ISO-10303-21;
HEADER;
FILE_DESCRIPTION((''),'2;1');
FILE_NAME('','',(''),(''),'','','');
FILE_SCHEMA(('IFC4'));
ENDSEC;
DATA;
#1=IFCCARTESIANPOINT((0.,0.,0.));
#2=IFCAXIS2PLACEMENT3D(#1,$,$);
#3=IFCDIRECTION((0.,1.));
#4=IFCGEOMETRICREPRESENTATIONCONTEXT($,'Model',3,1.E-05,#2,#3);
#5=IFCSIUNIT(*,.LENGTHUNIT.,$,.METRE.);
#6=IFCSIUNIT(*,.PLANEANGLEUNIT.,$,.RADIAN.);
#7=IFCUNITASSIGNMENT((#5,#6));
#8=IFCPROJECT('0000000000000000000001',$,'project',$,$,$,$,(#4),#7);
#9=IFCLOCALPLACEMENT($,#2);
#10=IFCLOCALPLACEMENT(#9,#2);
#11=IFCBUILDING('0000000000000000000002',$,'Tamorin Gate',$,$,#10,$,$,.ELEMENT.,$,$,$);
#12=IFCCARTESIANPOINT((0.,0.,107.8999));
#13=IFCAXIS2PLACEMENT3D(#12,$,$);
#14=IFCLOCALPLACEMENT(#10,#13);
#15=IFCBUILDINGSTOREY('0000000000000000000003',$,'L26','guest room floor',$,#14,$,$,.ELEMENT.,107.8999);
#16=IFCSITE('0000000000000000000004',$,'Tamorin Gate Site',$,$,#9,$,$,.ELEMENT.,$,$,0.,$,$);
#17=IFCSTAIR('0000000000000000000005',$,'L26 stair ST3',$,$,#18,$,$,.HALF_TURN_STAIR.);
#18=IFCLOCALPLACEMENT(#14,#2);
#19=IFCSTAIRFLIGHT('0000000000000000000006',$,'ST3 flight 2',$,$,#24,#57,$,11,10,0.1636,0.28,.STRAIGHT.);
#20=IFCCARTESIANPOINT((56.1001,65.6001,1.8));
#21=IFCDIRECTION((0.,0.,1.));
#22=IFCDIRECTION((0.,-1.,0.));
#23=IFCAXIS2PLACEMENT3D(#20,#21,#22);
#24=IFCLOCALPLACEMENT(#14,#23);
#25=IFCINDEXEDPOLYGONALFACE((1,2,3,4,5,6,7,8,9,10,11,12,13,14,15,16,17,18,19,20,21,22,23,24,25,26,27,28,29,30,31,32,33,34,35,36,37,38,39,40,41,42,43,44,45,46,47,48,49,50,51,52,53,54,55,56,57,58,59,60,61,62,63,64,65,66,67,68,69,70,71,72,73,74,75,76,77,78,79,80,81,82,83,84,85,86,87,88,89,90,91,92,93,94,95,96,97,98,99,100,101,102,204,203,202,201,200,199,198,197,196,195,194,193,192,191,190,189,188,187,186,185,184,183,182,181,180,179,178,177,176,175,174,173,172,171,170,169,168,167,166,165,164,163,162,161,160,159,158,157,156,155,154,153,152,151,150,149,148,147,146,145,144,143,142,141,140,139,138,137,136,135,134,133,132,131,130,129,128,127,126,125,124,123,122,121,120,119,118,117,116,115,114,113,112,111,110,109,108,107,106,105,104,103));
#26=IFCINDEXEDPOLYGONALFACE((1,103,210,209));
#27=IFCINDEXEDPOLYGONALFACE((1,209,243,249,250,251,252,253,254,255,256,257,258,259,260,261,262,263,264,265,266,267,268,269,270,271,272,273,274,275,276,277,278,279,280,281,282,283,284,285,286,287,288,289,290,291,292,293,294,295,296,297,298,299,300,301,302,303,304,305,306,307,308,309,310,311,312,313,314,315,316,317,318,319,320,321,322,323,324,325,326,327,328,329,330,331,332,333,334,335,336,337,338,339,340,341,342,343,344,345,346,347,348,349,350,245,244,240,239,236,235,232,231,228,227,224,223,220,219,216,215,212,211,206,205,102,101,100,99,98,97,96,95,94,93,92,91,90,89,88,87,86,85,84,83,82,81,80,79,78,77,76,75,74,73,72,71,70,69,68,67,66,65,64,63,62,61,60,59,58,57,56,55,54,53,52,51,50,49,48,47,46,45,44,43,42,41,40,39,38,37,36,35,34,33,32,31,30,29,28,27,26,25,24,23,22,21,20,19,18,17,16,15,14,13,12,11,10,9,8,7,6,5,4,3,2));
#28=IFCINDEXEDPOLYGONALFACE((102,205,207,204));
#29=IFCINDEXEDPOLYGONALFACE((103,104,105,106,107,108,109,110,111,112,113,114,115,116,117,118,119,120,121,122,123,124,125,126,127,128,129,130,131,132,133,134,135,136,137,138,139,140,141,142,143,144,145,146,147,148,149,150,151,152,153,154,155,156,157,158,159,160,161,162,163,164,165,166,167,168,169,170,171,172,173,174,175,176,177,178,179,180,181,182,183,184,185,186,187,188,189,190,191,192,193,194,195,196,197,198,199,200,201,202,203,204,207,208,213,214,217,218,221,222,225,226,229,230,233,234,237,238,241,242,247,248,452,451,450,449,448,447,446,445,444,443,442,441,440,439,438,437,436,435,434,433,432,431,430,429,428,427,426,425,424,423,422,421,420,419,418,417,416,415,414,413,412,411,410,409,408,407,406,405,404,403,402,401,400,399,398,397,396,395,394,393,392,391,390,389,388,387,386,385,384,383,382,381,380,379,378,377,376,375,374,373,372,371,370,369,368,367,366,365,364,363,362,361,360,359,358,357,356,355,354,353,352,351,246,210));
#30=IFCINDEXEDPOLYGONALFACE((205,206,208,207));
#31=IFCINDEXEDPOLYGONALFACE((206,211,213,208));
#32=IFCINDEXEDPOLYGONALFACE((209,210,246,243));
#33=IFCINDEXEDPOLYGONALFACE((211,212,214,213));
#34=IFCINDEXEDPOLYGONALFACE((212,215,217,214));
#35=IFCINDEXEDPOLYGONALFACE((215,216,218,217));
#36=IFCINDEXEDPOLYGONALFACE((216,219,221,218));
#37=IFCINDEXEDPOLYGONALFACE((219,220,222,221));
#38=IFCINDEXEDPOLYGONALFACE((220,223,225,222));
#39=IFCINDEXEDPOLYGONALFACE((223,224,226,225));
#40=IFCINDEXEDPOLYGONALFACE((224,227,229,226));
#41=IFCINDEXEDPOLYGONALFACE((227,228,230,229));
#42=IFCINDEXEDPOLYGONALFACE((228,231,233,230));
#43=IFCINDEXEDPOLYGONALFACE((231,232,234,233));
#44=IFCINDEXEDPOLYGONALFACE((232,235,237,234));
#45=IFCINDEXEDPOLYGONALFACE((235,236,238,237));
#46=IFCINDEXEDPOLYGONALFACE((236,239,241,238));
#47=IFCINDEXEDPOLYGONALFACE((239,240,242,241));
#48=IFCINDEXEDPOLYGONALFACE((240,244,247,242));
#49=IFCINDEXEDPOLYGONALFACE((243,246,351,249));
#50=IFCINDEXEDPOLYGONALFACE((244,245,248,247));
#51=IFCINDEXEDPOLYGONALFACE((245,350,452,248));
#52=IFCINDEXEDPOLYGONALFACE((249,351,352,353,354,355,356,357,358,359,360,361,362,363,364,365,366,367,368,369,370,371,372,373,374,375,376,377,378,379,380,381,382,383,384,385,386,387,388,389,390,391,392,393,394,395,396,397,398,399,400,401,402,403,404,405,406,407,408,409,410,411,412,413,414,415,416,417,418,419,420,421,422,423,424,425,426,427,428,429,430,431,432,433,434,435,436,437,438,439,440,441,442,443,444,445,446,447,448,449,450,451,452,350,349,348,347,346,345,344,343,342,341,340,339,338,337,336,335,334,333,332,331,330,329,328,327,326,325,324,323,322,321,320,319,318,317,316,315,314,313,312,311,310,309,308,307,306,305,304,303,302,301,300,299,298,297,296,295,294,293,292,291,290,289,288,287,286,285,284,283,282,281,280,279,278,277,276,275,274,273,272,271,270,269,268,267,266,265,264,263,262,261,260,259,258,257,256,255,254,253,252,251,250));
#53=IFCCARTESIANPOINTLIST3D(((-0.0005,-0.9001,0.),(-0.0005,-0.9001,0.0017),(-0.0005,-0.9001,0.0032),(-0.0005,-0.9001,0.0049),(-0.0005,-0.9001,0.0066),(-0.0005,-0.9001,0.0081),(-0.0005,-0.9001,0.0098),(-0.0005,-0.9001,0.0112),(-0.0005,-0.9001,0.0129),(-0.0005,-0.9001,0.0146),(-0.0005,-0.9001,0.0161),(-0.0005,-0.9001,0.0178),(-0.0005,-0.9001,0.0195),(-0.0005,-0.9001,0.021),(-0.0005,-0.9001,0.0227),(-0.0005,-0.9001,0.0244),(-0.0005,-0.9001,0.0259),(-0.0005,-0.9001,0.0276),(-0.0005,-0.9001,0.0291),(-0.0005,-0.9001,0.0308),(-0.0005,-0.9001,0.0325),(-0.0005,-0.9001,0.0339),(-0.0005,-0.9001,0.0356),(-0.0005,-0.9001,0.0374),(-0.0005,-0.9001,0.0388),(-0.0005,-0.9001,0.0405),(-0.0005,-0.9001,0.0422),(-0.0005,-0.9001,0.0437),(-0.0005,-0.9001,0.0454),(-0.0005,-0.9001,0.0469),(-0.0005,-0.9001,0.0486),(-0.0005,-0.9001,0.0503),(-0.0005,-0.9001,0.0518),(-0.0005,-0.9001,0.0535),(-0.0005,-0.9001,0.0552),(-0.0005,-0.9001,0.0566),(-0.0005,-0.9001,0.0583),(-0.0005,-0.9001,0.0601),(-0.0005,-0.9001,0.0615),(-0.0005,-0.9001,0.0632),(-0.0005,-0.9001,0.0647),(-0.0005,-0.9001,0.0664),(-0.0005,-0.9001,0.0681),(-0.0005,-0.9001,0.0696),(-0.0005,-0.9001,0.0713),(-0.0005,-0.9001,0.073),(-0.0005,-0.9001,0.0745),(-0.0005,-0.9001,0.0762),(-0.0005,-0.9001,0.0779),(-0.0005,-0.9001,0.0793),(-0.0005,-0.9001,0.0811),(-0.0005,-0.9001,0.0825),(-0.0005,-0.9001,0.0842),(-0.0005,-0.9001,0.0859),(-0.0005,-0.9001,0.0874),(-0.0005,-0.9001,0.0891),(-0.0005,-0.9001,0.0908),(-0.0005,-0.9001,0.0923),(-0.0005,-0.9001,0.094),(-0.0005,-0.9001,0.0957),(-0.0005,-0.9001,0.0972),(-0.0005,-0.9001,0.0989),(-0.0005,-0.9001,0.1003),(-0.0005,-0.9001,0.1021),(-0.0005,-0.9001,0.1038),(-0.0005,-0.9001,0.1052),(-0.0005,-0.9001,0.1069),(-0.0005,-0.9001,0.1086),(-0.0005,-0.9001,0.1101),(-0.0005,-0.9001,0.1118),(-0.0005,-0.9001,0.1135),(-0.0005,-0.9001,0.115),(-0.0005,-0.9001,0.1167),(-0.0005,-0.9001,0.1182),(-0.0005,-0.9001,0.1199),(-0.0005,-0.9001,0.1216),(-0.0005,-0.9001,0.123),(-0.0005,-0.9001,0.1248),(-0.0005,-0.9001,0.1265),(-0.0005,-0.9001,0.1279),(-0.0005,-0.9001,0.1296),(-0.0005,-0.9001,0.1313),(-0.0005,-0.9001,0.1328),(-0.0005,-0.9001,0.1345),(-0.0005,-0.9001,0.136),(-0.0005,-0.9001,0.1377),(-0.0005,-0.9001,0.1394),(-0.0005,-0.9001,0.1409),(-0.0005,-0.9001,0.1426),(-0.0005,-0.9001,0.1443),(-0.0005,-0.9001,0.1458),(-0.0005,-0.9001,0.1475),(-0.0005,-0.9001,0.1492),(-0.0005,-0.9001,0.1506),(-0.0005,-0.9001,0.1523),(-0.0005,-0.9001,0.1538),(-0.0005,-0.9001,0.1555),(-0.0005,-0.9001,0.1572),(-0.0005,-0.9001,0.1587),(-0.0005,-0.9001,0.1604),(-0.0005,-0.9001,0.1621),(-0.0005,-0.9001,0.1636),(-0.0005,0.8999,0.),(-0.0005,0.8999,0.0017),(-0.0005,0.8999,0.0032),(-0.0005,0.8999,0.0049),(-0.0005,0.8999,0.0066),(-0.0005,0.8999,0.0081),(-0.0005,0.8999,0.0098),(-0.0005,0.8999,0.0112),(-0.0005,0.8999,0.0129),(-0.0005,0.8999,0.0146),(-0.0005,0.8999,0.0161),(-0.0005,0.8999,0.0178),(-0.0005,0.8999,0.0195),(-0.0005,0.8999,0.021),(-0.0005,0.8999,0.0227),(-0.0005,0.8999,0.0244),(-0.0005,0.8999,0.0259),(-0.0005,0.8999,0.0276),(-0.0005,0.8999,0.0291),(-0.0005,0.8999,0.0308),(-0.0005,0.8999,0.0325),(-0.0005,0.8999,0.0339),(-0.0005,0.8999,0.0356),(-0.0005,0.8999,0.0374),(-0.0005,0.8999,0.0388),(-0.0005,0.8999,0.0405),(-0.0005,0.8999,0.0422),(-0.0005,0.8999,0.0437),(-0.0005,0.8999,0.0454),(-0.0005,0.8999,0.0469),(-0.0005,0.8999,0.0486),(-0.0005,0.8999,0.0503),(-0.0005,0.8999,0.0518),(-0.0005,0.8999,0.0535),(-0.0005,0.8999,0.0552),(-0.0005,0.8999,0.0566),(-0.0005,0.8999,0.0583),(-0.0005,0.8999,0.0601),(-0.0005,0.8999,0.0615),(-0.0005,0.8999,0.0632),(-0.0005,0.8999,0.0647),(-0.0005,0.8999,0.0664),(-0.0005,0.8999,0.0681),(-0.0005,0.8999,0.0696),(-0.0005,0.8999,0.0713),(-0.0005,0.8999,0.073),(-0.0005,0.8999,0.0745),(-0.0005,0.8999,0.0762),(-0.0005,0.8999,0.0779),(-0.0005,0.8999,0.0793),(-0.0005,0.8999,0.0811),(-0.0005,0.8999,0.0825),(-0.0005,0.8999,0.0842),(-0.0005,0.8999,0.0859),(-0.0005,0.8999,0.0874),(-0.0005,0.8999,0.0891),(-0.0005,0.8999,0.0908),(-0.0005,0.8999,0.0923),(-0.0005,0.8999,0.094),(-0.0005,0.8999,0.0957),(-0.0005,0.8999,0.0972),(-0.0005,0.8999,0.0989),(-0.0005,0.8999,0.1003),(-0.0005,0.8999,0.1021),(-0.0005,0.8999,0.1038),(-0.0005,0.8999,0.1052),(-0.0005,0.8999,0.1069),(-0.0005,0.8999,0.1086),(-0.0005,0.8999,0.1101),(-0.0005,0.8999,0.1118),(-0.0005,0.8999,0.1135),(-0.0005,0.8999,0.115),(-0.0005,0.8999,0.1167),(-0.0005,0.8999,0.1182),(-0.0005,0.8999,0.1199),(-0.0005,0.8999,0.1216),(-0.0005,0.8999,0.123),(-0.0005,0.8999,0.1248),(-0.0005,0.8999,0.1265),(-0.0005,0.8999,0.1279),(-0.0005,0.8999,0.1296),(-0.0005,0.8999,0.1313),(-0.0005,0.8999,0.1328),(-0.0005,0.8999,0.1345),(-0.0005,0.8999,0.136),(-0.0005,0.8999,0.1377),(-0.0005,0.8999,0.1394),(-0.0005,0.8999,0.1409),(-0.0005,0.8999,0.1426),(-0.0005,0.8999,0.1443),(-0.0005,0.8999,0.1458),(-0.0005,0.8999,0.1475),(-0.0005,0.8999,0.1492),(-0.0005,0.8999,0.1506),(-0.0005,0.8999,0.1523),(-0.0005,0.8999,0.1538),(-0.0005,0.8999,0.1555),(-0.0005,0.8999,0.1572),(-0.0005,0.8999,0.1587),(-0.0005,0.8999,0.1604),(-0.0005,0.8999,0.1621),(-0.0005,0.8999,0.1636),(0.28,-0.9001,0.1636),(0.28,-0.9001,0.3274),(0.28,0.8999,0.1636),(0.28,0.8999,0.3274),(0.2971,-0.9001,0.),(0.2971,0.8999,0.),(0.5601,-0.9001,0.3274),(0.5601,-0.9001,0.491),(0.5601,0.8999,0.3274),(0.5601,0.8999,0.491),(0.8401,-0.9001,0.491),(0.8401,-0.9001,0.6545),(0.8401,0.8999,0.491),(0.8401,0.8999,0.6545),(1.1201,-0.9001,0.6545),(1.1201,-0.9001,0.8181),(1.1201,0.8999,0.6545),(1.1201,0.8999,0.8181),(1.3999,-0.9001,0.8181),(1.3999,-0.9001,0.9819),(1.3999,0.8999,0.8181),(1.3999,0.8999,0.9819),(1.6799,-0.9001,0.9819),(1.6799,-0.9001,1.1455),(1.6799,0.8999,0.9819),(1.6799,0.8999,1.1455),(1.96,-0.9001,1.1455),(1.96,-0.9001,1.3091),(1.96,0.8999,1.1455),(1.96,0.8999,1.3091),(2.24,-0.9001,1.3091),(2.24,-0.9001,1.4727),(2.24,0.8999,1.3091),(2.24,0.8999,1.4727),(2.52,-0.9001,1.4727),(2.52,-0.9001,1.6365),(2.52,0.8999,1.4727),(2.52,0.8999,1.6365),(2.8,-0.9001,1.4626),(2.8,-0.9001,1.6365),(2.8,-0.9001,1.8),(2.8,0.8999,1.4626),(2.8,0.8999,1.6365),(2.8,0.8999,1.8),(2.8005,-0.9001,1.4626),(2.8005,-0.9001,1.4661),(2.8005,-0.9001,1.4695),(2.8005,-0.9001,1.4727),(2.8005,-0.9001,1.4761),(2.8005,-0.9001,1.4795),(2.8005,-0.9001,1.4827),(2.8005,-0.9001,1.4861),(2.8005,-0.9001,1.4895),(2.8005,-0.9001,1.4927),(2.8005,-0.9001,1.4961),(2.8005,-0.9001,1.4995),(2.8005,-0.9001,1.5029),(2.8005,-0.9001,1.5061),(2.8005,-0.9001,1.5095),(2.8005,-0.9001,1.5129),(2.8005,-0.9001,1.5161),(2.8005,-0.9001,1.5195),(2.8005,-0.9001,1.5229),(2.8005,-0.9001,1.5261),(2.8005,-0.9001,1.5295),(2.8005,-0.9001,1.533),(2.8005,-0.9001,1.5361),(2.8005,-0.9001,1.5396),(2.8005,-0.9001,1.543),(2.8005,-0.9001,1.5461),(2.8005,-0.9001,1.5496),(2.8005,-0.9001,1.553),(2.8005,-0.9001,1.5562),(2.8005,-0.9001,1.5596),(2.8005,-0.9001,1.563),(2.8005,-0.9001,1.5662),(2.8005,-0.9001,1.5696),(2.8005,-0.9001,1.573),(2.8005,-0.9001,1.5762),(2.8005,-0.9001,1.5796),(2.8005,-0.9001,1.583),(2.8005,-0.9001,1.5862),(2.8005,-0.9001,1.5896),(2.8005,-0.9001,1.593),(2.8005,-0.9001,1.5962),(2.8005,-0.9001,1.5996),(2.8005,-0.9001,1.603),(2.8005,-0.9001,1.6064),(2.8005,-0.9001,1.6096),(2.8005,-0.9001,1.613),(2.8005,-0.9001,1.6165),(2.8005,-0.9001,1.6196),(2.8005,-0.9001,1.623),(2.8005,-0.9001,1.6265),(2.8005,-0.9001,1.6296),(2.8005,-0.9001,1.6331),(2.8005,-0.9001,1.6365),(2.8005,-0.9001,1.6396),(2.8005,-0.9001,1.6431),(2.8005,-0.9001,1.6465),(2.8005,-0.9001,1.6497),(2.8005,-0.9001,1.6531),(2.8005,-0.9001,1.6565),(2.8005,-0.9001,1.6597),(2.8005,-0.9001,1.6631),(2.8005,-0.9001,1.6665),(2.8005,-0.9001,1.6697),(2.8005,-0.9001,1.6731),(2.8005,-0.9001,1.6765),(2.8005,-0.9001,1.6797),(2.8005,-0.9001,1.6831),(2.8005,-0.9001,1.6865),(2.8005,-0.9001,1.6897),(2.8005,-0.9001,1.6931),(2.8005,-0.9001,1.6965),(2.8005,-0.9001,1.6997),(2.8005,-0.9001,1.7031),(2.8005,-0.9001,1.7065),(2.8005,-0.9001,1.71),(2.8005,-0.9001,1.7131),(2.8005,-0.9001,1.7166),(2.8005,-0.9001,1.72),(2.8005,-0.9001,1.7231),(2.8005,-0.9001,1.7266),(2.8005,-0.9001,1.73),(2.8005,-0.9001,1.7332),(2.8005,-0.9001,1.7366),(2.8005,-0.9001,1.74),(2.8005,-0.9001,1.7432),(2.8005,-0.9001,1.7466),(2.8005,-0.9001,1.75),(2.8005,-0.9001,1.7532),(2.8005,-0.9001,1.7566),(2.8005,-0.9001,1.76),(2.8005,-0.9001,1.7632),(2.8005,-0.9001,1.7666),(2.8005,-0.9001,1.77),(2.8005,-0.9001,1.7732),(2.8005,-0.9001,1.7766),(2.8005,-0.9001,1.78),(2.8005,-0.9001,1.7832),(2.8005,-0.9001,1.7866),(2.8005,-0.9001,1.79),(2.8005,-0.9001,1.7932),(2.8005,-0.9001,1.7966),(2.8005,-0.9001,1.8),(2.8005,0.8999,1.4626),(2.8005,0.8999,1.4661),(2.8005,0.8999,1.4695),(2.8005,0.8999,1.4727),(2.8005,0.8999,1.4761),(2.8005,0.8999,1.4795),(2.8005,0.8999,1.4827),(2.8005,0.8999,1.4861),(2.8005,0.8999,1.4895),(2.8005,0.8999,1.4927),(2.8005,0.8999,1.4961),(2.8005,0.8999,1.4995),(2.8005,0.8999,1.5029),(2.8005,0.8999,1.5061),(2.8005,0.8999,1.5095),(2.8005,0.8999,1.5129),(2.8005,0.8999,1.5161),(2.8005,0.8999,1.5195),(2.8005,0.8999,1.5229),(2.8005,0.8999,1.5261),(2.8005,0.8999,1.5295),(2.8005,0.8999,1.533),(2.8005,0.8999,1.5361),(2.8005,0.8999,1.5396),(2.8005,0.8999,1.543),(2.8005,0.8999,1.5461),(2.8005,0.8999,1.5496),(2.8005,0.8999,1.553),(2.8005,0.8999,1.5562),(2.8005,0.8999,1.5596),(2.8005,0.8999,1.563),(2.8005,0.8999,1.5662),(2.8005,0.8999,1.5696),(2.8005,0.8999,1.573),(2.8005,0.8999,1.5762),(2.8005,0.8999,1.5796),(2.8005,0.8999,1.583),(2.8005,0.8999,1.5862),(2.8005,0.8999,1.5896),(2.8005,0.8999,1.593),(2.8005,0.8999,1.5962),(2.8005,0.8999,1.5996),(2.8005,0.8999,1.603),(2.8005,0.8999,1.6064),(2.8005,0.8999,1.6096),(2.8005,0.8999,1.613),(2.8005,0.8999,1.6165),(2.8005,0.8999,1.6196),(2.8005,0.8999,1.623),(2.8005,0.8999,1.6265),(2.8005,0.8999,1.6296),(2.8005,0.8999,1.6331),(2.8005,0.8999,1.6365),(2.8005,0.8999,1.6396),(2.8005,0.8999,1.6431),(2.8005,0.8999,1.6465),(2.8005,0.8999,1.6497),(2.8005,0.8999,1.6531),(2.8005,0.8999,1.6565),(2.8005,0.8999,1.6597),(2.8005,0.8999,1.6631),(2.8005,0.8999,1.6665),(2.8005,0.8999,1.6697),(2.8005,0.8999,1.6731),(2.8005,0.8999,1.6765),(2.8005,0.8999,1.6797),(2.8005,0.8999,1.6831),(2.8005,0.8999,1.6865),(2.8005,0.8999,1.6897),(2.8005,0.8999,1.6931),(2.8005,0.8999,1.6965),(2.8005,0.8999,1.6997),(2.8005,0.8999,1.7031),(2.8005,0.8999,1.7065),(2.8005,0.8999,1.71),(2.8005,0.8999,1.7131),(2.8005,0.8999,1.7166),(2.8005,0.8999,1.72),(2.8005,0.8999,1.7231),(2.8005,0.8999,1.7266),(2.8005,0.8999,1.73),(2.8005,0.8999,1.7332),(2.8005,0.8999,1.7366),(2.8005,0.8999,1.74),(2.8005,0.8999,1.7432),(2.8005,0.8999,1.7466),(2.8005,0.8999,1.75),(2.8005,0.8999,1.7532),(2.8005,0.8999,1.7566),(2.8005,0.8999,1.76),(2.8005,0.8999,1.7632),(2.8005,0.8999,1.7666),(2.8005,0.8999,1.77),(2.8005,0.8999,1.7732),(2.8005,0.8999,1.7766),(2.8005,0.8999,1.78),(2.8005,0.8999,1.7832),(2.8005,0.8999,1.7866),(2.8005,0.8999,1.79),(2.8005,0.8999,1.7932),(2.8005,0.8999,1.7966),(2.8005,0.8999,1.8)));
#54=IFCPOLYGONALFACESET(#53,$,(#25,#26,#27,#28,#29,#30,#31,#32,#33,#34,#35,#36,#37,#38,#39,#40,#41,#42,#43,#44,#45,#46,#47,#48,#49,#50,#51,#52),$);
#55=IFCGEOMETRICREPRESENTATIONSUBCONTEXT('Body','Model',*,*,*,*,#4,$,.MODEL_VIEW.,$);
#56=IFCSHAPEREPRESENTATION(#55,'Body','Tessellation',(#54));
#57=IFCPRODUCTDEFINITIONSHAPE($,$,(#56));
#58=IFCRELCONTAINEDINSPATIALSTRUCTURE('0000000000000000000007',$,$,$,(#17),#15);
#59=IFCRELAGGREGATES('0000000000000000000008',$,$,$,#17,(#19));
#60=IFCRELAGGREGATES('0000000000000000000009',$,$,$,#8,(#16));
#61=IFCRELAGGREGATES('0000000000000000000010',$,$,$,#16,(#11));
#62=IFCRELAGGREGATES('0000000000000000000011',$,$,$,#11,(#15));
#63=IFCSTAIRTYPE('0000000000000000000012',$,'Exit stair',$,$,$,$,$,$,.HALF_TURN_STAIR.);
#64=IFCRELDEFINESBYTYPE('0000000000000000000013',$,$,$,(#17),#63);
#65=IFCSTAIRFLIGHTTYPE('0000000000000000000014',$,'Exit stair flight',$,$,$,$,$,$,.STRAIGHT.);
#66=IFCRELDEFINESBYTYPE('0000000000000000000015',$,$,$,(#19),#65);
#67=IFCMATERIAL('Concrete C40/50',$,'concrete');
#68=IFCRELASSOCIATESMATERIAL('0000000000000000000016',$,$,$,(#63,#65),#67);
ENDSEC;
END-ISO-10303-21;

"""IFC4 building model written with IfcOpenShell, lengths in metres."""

from ifc_helpers import new_model, si_unit, direction, frame, origin, place, context, subcontext, project, spatial, polyline, outline, extrude, material, type_object, element, aggregate, save


model = new_model("IFC4")

# Units and contexts
model_context = context("Model", 3, precision=1e-05, world=origin(), true_north=direction((0.0, 1.0)))
body_context = subcontext(model_context, "Body", "Model", "MODEL_VIEW")
ifc_project = project(units=[si_unit("LENGTHUNIT", "METRE"), si_unit("PLANEANGLEUNIT", "RADIAN")], contexts=[model_context])

# Site, building, storey
site_placement = place(None, origin())
site = spatial("IfcSite", under=ifc_project, at=site_placement, Name="Tamorin Gate Site", CompositionType="ELEMENT", RefElevation=0.0)
building_placement = place(site_placement, origin())
building = spatial("IfcBuilding", under=site, at=building_placement, Name="Tamorin Gate", CompositionType="ELEMENT")
storey_placement = place(building_placement, frame((0.0, 0.0, 107.8999)))
storey = spatial("IfcBuildingStorey", under=building, at=storey_placement, Name="L26", Description="guest room floor", CompositionType="ELEMENT", Elevation=107.8999)

# Shared definitions
ifc_material_1 = material(Name="Concrete C40/50", Category="concrete")

# Stair, stair flight
stair_type = type_object("IfcStairType", Name="Exit stair", PredefinedType="HALF_TURN_STAIR", material=ifc_material_1)
stair_placement = place(storey_placement, origin())
stair = element("IfcStair", 1, at=stair_placement, inside=storey, type_object=stair_type, Name="L26 stair ST3", PredefinedType="HALF_TURN_STAIR")
stair_flight_type = type_object("IfcStairFlightType", Name="Exit stair flight", PredefinedType="STRAIGHT", material=ifc_material_1)
stair_flight_1_placement = place(storey_placement, frame((56.1001, 65.6001, 1.8), z_axis=(0.0, 0.0, 1.0), x_axis=(0.0, -1.0, 0.0)))
stair_flight_1 = element("IfcStairFlight", 2, at=stair_flight_1_placement, type_object=stair_flight_type, Name="ST3 flight 2", NumberOfRisers=11, NumberOfTreads=10, PredefinedType="STRAIGHT", RiserHeight=0.1636, TreadLength=0.28, context=body_context, shape_type="SweptSolid", body=[
    extrude(outline(polyline([(-0.0005, 0.0), (-0.0005, 0.0017), (-0.0005, 0.0032), (-0.0005, 0.0049), (-0.0005, 0.0066), (-0.0005, 0.0081), (-0.0005, 0.0098), (-0.0005, 0.0112), (-0.0005, 0.0129), (-0.0005, 0.0146), (-0.0005, 0.0161), (-0.0005, 0.0178), (-0.0005, 0.0195), (-0.0005, 0.021), (-0.0005, 0.0227), (-0.0005, 0.0244), (-0.0005, 0.0259), (-0.0005, 0.0276), (-0.0005, 0.0291), (-0.0005, 0.0308), (-0.0005, 0.0325), (-0.0005, 0.0339), (-0.0005, 0.0356), (-0.0005, 0.0374), (-0.0005, 0.0388), (-0.0005, 0.0405), (-0.0005, 0.0422), (-0.0005, 0.0437), (-0.0005, 0.0454), (-0.0005, 0.0469), (-0.0005, 0.0486), (-0.0005, 0.0503), (-0.0005, 0.0518), (-0.0005, 0.0535), (-0.0005, 0.0552), (-0.0005, 0.0566), (-0.0005, 0.0583), (-0.0005, 0.0601), (-0.0005, 0.0615), (-0.0005, 0.0632), (-0.0005, 0.0647), (-0.0005, 0.0664), (-0.0005, 0.0681), (-0.0005, 0.0696), (-0.0005, 0.0713), (-0.0005, 0.073), (-0.0005, 0.0745), (-0.0005, 0.0762), (-0.0005, 0.0779), (-0.0005, 0.0793), (-0.0005, 0.0811), (-0.0005, 0.0825), (-0.0005, 0.0842), (-0.0005, 0.0859), (-0.0005, 0.0874), (-0.0005, 0.0891), (-0.0005, 0.0908), (-0.0005, 0.0923), (-0.0005, 0.094), (-0.0005, 0.0957), (-0.0005, 0.0972), (-0.0005, 0.0989), (-0.0005, 0.1003), (-0.0005, 0.1021), (-0.0005, 0.1038), (-0.0005, 0.1052), (-0.0005, 0.1069), (-0.0005, 0.1086), (-0.0005, 0.1101), (-0.0005, 0.1118), (-0.0005, 0.1135), (-0.0005, 0.115), (-0.0005, 0.1167), (-0.0005, 0.1182), (-0.0005, 0.1199), (-0.0005, 0.1216), (-0.0005, 0.123), (-0.0005, 0.1248), (-0.0005, 0.1265), (-0.0005, 0.1279), (-0.0005, 0.1296), (-0.0005, 0.1313), (-0.0005, 0.1328), (-0.0005, 0.1345), (-0.0005, 0.136), (-0.0005, 0.1377), (-0.0005, 0.1394), (-0.0005, 0.1409), (-0.0005, 0.1426), (-0.0005, 0.1443), (-0.0005, 0.1458), (-0.0005, 0.1475), (-0.0005, 0.1492), (-0.0005, 0.1506), (-0.0005, 0.1523), (-0.0005, 0.1538), (-0.0005, 0.1555), (-0.0005, 0.1572), (-0.0005, 0.1587), (-0.0005, 0.1604), (-0.0005, 0.1621), (-0.0005, 0.1636), (0.28, 0.1636), (0.28, 0.3274), (0.5601, 0.3274), (0.5601, 0.491), (0.8401, 0.491), (0.8401, 0.6545), (1.1201, 0.6545), (1.1201, 0.8181), (1.3999, 0.8181), (1.3999, 0.9819), (1.6799, 0.9819), (1.6799, 1.1455), (1.96, 1.1455), (1.96, 1.3091), (2.24, 1.3091), (2.24, 1.4727), (2.52, 1.4727), (2.52, 1.6365), (2.8, 1.6365), (2.8, 1.8), (2.8005, 1.8), (2.8005, 1.7966), (2.8005, 1.7932), (2.8005, 1.79), (2.8005, 1.7866), (2.8005, 1.7832), (2.8005, 1.78), (2.8005, 1.7766), (2.8005, 1.7732), (2.8005, 1.77), (2.8005, 1.7666), (2.8005, 1.7632), (2.8005, 1.76), (2.8005, 1.7566), (2.8005, 1.7532), (2.8005, 1.75), (2.8005, 1.7466), (2.8005, 1.7432), (2.8005, 1.74), (2.8005, 1.7366), (2.8005, 1.7332), (2.8005, 1.73), (2.8005, 1.7266), (2.8005, 1.7231), (2.8005, 1.72), (2.8005, 1.7166), (2.8005, 1.7131), (2.8005, 1.71), (2.8005, 1.7065), (2.8005, 1.7031), (2.8005, 1.6997), (2.8005, 1.6965), (2.8005, 1.6931), (2.8005, 1.6897), (2.8005, 1.6865), (2.8005, 1.6831), (2.8005, 1.6797), (2.8005, 1.6765), (2.8005, 1.6731), (2.8005, 1.6697), (2.8005, 1.6665), (2.8005, 1.6631), (2.8005, 1.6597), (2.8005, 1.6565), (2.8005, 1.6531), (2.8005, 1.6497), (2.8005, 1.6465), (2.8005, 1.6431), (2.8005, 1.6396), (2.8005, 1.6365), (2.8005, 1.6331), (2.8005, 1.6296), (2.8005, 1.6265), (2.8005, 1.623), (2.8005, 1.6196), (2.8005, 1.6165), (2.8005, 1.613), (2.8005, 1.6096), (2.8005, 1.6064), (2.8005, 1.603), (2.8005, 1.5996), (2.8005, 1.5962), (2.8005, 1.593), (2.8005, 1.5896), (2.8005, 1.5862), (2.8005, 1.583), (2.8005, 1.5796), (2.8005, 1.5762), (2.8005, 1.573), (2.8005, 1.5696), (2.8005, 1.5662), (2.8005, 1.563), (2.8005, 1.5596), (2.8005, 1.5562), (2.8005, 1.553), (2.8005, 1.5496), (2.8005, 1.5461), (2.8005, 1.543), (2.8005, 1.5396), (2.8005, 1.5361), (2.8005, 1.533), (2.8005, 1.5295), (2.8005, 1.5261), (2.8005, 1.5229), (2.8005, 1.5195), (2.8005, 1.5161), (2.8005, 1.5129), (2.8005, 1.5095), (2.8005, 1.5061), (2.8005, 1.5029), (2.8005, 1.4995), (2.8005, 1.4961), (2.8005, 1.4927), (2.8005, 1.4895), (2.8005, 1.4861), (2.8005, 1.4827), (2.8005, 1.4795), (2.8005, 1.4761), (2.8005, 1.4727), (2.8005, 1.4695), (2.8005, 1.4661), (2.8005, 1.4626), (2.8, 1.4626), (0.2971, 0.0), (-0.0005, 0.0)])), frame((0.0, 0.8999, 0.0), z_axis=(0.0, -1.0, 0.0), x_axis=(1.0, 0.0, 0.0)), (0.0, 0.0, 1.0), 1.8),
])
aggregate(stair, [stair_flight_1])

save(model, "model.ifc")
